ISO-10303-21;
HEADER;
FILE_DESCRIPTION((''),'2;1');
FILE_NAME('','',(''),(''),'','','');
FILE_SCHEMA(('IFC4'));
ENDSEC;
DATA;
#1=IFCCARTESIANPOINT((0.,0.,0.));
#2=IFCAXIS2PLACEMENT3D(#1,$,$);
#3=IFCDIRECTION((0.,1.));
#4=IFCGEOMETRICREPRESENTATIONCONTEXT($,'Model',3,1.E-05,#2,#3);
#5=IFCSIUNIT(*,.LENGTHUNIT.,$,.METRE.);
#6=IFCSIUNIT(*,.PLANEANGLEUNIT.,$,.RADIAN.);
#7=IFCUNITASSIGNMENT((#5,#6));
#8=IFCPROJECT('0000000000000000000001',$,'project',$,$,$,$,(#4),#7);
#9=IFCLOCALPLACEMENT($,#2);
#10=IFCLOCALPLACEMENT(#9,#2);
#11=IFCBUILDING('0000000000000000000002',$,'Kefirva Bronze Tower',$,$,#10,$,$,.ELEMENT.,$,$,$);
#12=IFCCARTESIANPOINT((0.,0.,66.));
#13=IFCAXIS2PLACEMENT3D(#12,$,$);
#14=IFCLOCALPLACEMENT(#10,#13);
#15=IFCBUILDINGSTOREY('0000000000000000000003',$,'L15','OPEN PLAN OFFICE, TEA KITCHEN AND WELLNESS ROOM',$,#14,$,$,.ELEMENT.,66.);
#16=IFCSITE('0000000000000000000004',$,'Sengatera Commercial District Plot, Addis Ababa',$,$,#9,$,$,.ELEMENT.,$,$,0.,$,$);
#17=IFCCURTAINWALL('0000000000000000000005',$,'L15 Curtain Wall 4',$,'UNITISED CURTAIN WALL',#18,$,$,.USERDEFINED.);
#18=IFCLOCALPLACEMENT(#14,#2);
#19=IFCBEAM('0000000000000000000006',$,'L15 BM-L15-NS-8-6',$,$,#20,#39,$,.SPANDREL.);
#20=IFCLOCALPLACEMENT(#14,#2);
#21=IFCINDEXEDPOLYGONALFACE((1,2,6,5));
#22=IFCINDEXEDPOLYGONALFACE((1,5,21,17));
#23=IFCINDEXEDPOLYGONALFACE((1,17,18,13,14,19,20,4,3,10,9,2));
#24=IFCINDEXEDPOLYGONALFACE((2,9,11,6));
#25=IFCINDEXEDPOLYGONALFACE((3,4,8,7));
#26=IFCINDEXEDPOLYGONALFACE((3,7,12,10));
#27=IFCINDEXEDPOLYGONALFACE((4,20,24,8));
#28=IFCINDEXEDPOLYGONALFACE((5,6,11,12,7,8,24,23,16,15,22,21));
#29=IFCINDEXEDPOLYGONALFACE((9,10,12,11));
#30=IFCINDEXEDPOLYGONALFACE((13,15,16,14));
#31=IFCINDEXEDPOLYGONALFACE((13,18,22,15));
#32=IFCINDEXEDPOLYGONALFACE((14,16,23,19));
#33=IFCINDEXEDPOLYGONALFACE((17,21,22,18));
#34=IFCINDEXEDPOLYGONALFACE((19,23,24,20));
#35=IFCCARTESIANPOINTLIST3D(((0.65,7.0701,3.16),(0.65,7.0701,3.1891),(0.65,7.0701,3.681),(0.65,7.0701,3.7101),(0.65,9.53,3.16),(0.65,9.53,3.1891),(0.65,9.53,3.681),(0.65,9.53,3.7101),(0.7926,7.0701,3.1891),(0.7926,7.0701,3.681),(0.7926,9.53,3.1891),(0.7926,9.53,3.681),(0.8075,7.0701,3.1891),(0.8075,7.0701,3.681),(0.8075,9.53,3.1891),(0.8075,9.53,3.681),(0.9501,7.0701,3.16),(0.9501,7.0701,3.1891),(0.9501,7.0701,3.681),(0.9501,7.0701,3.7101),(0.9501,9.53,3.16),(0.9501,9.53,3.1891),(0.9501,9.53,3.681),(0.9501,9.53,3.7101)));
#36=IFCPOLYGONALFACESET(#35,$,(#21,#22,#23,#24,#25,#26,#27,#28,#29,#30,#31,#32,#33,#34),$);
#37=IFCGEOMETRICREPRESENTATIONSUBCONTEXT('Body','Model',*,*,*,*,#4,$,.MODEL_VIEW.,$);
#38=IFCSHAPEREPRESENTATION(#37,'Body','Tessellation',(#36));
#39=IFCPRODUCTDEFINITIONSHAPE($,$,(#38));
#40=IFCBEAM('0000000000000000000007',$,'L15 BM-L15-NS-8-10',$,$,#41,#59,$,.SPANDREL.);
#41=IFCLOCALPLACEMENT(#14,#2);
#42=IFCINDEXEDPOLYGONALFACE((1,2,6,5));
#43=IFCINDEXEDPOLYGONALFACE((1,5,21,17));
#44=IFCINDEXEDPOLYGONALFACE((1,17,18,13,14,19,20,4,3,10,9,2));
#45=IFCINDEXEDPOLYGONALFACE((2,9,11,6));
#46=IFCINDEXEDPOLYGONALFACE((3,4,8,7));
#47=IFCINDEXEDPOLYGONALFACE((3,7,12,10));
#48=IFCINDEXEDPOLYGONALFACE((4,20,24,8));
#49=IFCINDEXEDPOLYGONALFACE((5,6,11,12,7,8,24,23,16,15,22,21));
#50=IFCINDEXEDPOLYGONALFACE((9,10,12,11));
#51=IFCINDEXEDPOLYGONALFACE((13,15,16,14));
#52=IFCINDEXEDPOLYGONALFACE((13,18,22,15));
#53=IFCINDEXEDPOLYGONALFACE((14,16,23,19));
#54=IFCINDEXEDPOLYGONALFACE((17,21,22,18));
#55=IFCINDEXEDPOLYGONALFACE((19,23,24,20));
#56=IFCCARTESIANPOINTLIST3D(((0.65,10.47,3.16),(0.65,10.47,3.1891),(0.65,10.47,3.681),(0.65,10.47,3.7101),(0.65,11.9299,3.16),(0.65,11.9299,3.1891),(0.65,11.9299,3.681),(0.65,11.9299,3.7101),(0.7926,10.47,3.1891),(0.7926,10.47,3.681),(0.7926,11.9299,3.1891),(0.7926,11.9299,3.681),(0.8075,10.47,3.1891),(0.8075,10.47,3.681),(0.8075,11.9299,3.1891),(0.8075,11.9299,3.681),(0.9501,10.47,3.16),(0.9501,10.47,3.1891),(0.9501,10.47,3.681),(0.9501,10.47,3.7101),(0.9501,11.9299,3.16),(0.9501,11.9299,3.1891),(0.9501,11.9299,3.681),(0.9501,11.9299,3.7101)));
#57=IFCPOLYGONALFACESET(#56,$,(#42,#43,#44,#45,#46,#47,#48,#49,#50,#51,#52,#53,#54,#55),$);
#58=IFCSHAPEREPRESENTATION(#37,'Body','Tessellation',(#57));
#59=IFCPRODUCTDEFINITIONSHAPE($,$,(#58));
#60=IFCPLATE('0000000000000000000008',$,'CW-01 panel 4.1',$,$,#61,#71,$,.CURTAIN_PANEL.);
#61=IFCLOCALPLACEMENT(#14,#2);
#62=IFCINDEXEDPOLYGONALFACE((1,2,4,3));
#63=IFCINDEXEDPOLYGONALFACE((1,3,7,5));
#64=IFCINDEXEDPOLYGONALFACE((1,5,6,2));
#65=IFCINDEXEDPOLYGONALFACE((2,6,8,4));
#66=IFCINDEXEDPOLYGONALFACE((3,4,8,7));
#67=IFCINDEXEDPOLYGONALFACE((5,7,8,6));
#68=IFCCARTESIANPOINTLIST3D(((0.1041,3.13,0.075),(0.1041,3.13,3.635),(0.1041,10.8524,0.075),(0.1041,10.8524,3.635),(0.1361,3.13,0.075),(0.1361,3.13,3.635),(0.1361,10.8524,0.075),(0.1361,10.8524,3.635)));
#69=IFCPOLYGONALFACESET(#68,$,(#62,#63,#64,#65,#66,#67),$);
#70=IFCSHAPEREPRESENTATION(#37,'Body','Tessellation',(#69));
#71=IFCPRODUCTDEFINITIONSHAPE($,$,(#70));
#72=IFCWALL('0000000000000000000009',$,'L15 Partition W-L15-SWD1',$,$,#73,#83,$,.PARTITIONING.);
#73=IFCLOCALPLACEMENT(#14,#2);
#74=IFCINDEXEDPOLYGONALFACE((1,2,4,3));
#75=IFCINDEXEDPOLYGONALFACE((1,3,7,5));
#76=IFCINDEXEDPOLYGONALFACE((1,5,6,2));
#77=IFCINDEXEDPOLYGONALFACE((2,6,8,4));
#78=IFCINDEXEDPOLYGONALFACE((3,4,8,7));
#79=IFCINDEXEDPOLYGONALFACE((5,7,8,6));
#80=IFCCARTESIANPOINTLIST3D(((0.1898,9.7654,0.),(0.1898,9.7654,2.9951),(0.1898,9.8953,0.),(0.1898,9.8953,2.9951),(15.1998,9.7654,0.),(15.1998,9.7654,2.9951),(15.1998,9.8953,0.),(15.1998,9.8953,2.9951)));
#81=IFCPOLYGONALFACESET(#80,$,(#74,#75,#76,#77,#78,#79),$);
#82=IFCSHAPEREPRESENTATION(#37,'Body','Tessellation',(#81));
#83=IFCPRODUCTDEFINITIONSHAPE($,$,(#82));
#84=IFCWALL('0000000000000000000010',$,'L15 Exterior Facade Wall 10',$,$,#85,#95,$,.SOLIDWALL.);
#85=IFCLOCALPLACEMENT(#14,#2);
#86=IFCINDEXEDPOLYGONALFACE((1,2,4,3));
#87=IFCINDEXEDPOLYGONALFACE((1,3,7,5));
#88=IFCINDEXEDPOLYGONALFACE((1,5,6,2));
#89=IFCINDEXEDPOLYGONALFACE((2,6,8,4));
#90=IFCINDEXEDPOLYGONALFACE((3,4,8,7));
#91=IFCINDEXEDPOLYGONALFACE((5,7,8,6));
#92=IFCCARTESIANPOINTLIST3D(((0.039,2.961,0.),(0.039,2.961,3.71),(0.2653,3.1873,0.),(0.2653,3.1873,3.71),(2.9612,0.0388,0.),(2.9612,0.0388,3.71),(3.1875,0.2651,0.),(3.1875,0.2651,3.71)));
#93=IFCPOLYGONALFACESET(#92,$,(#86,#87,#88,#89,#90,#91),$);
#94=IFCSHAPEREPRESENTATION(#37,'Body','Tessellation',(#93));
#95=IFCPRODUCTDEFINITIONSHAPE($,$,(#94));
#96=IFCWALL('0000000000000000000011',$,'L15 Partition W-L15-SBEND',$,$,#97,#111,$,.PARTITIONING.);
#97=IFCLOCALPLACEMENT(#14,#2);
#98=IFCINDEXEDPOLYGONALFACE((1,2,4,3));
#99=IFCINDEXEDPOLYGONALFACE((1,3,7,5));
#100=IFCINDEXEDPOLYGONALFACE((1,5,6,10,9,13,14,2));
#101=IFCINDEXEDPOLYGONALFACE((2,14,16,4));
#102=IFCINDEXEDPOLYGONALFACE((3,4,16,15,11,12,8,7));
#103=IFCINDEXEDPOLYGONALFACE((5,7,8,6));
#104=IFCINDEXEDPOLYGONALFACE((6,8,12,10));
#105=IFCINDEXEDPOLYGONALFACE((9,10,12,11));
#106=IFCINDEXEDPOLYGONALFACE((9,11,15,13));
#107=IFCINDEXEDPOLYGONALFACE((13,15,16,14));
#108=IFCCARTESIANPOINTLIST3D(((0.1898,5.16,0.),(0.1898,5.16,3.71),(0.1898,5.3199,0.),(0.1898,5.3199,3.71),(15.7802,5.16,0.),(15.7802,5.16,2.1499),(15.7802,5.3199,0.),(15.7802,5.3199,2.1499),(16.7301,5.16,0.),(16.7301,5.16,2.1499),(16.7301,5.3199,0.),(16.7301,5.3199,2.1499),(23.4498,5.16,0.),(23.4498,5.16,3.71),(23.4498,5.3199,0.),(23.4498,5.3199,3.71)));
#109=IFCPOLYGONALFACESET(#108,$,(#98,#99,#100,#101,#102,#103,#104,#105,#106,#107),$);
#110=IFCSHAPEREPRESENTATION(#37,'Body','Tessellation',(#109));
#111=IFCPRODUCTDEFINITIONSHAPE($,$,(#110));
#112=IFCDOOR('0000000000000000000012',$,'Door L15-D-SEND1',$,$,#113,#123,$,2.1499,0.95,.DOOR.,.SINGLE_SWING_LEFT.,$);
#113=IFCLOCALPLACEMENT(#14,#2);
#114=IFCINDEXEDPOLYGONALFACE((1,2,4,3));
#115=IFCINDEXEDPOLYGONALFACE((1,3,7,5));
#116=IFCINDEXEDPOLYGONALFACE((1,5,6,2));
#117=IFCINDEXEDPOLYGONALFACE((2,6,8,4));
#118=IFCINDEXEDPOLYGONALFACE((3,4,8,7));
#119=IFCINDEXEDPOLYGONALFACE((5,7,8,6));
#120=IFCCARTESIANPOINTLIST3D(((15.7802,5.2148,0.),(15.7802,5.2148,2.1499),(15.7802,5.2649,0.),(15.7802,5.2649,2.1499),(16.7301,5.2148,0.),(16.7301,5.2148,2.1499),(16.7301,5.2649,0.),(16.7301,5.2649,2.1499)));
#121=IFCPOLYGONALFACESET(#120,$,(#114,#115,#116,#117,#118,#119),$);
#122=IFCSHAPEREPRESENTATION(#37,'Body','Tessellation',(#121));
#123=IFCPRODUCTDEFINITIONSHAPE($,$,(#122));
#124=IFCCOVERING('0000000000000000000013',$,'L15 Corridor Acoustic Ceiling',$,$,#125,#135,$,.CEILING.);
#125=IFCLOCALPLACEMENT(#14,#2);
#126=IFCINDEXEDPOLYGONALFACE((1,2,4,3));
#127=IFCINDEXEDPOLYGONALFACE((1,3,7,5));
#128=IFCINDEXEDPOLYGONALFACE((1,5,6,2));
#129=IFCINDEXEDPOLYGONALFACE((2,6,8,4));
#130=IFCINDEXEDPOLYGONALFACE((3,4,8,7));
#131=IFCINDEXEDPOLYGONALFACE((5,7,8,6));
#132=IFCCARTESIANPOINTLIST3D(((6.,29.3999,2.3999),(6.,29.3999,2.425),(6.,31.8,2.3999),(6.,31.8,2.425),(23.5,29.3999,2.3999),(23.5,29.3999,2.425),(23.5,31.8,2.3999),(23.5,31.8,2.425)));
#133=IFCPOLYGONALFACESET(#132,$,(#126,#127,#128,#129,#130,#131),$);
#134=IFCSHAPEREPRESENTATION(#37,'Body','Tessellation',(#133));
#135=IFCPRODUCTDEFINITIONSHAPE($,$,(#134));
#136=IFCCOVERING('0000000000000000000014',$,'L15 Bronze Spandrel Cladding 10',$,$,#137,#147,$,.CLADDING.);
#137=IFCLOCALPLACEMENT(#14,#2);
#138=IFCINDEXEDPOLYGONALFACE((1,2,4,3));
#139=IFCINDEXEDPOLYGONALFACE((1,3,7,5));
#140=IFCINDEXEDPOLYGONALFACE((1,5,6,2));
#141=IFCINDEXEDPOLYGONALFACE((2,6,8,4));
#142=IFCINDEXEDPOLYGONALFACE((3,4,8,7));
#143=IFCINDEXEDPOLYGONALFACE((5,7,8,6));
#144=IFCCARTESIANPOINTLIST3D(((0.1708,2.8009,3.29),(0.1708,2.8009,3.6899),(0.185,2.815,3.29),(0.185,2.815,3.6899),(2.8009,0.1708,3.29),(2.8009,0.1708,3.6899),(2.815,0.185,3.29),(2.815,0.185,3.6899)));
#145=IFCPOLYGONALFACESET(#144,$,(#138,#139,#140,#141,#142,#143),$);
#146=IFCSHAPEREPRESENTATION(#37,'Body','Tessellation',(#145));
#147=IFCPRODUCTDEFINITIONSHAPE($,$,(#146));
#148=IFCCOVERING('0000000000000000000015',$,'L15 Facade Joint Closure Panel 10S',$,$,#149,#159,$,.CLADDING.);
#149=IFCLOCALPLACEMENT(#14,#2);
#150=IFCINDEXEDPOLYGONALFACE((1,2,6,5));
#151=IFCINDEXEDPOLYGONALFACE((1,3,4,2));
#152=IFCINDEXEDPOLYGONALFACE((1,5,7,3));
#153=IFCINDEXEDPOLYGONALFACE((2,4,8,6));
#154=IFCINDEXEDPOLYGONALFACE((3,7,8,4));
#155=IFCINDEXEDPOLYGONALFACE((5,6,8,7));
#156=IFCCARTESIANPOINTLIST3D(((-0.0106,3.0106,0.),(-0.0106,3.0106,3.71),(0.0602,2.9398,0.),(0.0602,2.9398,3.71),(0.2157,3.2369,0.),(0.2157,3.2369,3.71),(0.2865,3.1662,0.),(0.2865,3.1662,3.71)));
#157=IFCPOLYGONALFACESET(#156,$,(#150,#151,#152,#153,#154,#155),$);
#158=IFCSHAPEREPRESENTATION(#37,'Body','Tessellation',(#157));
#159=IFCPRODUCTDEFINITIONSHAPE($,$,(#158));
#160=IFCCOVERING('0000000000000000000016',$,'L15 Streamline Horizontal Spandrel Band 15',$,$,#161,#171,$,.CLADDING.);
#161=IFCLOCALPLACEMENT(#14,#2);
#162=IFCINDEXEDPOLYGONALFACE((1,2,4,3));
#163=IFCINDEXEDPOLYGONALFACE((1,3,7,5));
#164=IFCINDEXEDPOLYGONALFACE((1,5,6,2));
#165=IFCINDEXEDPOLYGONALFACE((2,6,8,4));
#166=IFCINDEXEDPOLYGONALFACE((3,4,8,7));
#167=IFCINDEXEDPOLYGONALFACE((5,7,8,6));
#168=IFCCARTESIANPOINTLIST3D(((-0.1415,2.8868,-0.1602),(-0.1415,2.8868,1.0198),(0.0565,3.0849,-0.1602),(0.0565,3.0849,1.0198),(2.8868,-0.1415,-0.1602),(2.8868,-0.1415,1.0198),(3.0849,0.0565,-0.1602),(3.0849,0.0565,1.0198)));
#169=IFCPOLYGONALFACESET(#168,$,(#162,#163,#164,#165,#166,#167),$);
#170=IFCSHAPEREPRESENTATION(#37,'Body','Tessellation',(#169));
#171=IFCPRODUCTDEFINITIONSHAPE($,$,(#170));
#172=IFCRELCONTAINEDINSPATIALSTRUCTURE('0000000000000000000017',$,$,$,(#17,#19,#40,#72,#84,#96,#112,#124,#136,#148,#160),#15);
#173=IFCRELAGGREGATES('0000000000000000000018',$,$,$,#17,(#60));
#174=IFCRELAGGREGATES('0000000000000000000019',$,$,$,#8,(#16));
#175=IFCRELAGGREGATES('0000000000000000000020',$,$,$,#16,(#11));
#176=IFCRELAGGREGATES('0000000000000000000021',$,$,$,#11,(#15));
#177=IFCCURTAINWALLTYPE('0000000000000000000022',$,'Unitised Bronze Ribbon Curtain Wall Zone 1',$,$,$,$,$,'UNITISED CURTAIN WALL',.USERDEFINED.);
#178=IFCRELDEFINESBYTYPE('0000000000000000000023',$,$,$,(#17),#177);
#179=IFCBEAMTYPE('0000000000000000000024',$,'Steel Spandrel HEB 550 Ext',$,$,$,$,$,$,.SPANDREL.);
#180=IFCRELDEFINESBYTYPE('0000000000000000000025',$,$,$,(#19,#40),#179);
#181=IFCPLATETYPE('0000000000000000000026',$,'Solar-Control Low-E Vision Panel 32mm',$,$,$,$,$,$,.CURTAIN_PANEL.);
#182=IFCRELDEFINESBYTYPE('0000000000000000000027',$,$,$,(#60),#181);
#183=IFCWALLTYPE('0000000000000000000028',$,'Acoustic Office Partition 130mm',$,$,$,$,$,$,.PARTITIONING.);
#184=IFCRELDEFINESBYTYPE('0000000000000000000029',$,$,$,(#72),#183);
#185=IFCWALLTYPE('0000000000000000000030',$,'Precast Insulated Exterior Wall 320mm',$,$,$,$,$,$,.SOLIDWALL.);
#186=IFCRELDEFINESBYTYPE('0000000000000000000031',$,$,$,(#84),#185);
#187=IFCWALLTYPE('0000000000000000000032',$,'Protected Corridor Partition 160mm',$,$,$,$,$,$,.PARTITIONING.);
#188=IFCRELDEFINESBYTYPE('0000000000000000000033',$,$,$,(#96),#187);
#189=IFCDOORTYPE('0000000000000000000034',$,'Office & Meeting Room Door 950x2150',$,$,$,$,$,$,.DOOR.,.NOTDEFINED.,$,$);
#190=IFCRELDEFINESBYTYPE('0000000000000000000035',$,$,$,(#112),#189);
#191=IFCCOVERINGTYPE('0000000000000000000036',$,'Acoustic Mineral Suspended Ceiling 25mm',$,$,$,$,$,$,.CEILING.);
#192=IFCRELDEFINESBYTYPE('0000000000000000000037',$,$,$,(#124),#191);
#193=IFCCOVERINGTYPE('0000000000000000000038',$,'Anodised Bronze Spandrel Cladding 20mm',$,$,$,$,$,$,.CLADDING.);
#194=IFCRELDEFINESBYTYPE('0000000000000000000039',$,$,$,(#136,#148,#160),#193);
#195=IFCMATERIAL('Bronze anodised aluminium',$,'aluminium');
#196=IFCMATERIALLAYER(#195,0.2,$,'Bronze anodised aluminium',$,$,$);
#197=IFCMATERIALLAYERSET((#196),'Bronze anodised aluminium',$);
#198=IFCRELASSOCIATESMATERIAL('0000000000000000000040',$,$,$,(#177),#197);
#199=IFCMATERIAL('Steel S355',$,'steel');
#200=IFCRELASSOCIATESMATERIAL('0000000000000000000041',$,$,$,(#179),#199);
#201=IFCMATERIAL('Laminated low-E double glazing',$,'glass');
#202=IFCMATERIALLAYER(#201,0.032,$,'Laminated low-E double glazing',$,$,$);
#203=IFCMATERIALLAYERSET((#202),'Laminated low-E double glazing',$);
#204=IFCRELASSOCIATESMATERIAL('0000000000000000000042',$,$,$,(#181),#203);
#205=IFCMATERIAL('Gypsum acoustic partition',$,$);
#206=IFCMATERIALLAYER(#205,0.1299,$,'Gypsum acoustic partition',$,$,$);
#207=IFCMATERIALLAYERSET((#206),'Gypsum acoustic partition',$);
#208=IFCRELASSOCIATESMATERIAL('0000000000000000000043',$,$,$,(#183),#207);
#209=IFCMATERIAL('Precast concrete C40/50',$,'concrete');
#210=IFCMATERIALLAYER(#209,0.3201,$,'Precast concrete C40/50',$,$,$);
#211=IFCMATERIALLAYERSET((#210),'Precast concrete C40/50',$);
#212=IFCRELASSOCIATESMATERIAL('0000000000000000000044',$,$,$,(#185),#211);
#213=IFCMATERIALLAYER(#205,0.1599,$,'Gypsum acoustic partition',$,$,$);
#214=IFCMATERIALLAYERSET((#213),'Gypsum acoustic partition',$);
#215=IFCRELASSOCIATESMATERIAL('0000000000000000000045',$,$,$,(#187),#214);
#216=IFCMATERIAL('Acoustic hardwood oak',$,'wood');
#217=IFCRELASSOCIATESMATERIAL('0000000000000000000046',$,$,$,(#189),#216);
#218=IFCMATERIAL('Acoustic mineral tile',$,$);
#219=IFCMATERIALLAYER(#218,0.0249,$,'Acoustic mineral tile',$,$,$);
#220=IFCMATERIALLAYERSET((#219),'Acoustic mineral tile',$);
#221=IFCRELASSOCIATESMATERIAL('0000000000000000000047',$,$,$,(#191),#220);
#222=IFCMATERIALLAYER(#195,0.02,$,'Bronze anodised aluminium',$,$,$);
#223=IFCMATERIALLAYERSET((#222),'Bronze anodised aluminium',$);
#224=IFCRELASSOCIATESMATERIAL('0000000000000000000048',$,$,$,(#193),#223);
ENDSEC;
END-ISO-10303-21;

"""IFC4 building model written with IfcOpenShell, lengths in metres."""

from ifc_helpers import new_model, si_unit, direction, frame, frame_2d, origin, origin_2d, place, context, subcontext, project, spatial, polyline, rectangle, i_section, outline, extrude, material, layer, layer_set, material_profile, profile_set, type_object, element, fill, aggregate, save


model = new_model("IFC4")

# Units and contexts
model_context = context("Model", 3, precision=1e-05, world=origin(), true_north=direction((0.0, 1.0)))
body_context = subcontext(model_context, "Body", "Model", "MODEL_VIEW")
ifc_project = project(units=[si_unit("LENGTHUNIT", "METRE"), si_unit("PLANEANGLEUNIT", "RADIAN")], contexts=[model_context])

# Site, building, storey
site_placement = place(None, origin())
site = spatial("IfcSite", under=ifc_project, at=site_placement, Name="Sengatera Commercial District Plot, Addis Ababa", CompositionType="ELEMENT", RefElevation=0.0)
building_placement = place(site_placement, origin())
building = spatial("IfcBuilding", under=site, at=building_placement, Name="Kefirva Bronze Tower", CompositionType="ELEMENT")
storey_placement = place(building_placement, frame((0.0, 0.0, 66.0)))
storey = spatial("IfcBuildingStorey", under=building, at=storey_placement, Name="L15", Description="OPEN PLAN OFFICE, TEA KITCHEN AND WELLNESS ROOM", CompositionType="ELEMENT", Elevation=66.0)

# Curtain wall
ifc_material_1 = material(Name="Bronze anodised aluminium", Category="aluminium")
ifc_layer_1 = layer(ifc_material_1, 0.2, Name="Bronze anodised aluminium")
ifc_layer_set_1 = layer_set([ifc_layer_1], Name="Bronze anodised aluminium")
curtain_wall_type = type_object("IfcCurtainWallType", Name="Unitised Bronze Ribbon Curtain Wall Zone 1", ElementType="UNITISED CURTAIN WALL", PredefinedType="USERDEFINED", material=ifc_layer_set_1)
curtain_wall_placement = place(storey_placement, origin())
curtain_wall = element("IfcCurtainWall", 1, at=curtain_wall_placement, inside=storey, type_object=curtain_wall_type, Name="L15 Curtain Wall 4", ObjectType="UNITISED CURTAIN WALL", PredefinedType="USERDEFINED")

# Beams
ifc_material_2 = material(Name="Steel S355", Category="steel")
ifc_material_profile_1 = material_profile(ifc_material_2, i_section(OverallWidth=0.3, OverallDepth=0.55, WebThickness=0.0149, FlangeThickness=0.0291, at=origin_2d()), Name="HEB 550")
ifc_profile_set_1 = profile_set([ifc_material_profile_1], Name="Steel S355")
beam_type_1 = type_object("IfcBeamType", Name="Steel Spandrel HEB 550 Ext", PredefinedType="SPANDREL", material=ifc_profile_set_1)
beam_1_placement = place(storey_placement, frame((0.8, 7.0701, 3.4351), z_axis=(0.0, 1.0, 0.0), x_axis=(-1.0, 0.0, 0.0)))
element("IfcBeam", 2, at=beam_1_placement, inside=storey, type_object=beam_type_1, Name="L15 BM-L15-NS-8-6", PredefinedType="SPANDREL", context=body_context, shape_type="SweptSolid", body=[
    extrude(i_section(OverallWidth=0.3, OverallDepth=0.55, WebThickness=0.0149, FlangeThickness=0.0291, at=origin_2d()), origin(), (0.0, 0.0, 1.0), 2.46),
])
beam_2_placement = place(storey_placement, frame((0.8, 10.47, 3.4351), z_axis=(0.0, 1.0, 0.0), x_axis=(-1.0, 0.0, 0.0)))
element("IfcBeam", 3, at=beam_2_placement, inside=storey, type_object=beam_type_1, Name="L15 BM-L15-NS-8-10", PredefinedType="SPANDREL", context=body_context, shape_type="SweptSolid", body=[
    extrude(i_section(OverallWidth=0.3, OverallDepth=0.55, WebThickness=0.0149, FlangeThickness=0.0291, at=origin_2d()), origin(), (0.0, 0.0, 1.0), 1.46),
])

# Plate
ifc_material_3 = material(Name="Laminated low-E double glazing", Category="glass")
ifc_layer_2 = layer(ifc_material_3, 0.032, Name="Laminated low-E double glazing")
ifc_layer_set_2 = layer_set([ifc_layer_2], Name="Laminated low-E double glazing")
plate_type = type_object("IfcPlateType", Name="Solar-Control Low-E Vision Panel 32mm", PredefinedType="CURTAIN_PANEL", material=ifc_layer_set_2)
plate_placement = place(storey_placement, frame((0.1201, 6.9912, 0.075), z_axis=(0.0, 0.0, 1.0), x_axis=(0.0, -1.0, 0.0)))
plate = element("IfcPlate", 4, at=plate_placement, type_object=plate_type, Name="CW-01 panel 4.1", PredefinedType="CURTAIN_PANEL", context=body_context, shape_type="SweptSolid", body=[
    extrude(rectangle(XDim=7.7224, YDim=0.032, at=origin_2d()), origin(), (0.0, 0.0, 1.0), 3.5601),
])
aggregate(curtain_wall, [plate])

# Walls
ifc_material_4 = material(Name="Gypsum acoustic partition")
ifc_layer_3 = layer(ifc_material_4, 0.1299, Name="Gypsum acoustic partition")
ifc_layer_set_3 = layer_set([ifc_layer_3], Name="Gypsum acoustic partition")
wall_type_1 = type_object("IfcWallType", Name="Acoustic Office Partition 130mm", PredefinedType="PARTITIONING", material=ifc_layer_set_3)
wall_1_placement = place(storey_placement, frame((0.1899, 9.8303, 0.0), z_axis=(0.0, 0.0, 1.0), x_axis=(1.0, 0.0, 0.0)))
element("IfcWall", 5, at=wall_1_placement, inside=storey, type_object=wall_type_1, Name="L15 Partition W-L15-SWD1", PredefinedType="PARTITIONING", context=body_context, shape_type="SweptSolid", body=[
    extrude(rectangle(XDim=15.01, YDim=0.1299, at=frame_2d((7.5049, 0.0))), origin(), (0.0, 0.0, 1.0), 2.9951),
])
ifc_material_5 = material(Name="Precast concrete C40/50", Category="concrete")
ifc_layer_4 = layer(ifc_material_5, 0.3201, Name="Precast concrete C40/50")
ifc_layer_set_4 = layer_set([ifc_layer_4], Name="Precast concrete C40/50")
wall_type_2 = type_object("IfcWallType", Name="Precast Insulated Exterior Wall 320mm", PredefinedType="SOLIDWALL", material=ifc_layer_set_4)
wall_2_placement = place(storey_placement, frame((0.1521, 3.0742, 0.0), z_axis=(0.0, 0.0, 1.0), x_axis=(0.707107, -0.707107, 0.0)))
element("IfcWall", 6, at=wall_2_placement, inside=storey, type_object=wall_type_2, Name="L15 Exterior Facade Wall 10", PredefinedType="SOLIDWALL", context=body_context, shape_type="SweptSolid", body=[
    extrude(rectangle(XDim=4.1326, YDim=0.3201, at=frame_2d((2.0664, 0.0))), origin(), (0.0, 0.0, 1.0), 3.71),
])

# Wall, opening, door
ifc_layer_5 = layer(ifc_material_4, 0.1599, Name="Gypsum acoustic partition")
ifc_layer_set_5 = layer_set([ifc_layer_5], Name="Gypsum acoustic partition")
wall_type_3 = type_object("IfcWallType", Name="Protected Corridor Partition 160mm", PredefinedType="PARTITIONING", material=ifc_layer_set_5)
wall_3_placement = place(storey_placement, frame((0.1899, 5.24, 0.0), z_axis=(0.0, 0.0, 1.0), x_axis=(1.0, 0.0, 0.0)))
wall_3 = element("IfcWall", 7, at=wall_3_placement, inside=storey, type_object=wall_type_3, Name="L15 Partition W-L15-SBEND", PredefinedType="PARTITIONING", context=body_context, shape_type="SweptSolid", body=[
    extrude(rectangle(XDim=23.26, YDim=0.1599, at=frame_2d((11.6299, 0.0))), origin(), (0.0, 0.0, 1.0), 3.71),
])
opening_placement = place(wall_3_placement, frame((15.5901, 0.0, 0.0)))
opening = element("IfcOpeningElement", 8, at=opening_placement, cuts=wall_3, PredefinedType="OPENING", context=body_context, shape_type="SweptSolid", body=[
    extrude(rectangle(XDim=0.95, YDim=2.1499, at=frame_2d((0.4751, 1.075))), frame((0.0, 0.0898, 0.0), z_axis=(0.0, -1.0, 0.0), x_axis=(1.0, 0.0, 0.0)), (0.0, 0.0, 1.0), 0.1799),
])
ifc_material_6 = material(Name="Acoustic hardwood oak", Category="wood")
door_type = type_object("IfcDoorType", Name="Office & Meeting Room Door 950x2150", OperationType="NOTDEFINED", PredefinedType="DOOR", material=ifc_material_6)
door_placement = place(opening_placement, origin())
door = element("IfcDoor", 9, at=door_placement, inside=storey, type_object=door_type, Name="Door L15-D-SEND1", OperationType="SINGLE_SWING_LEFT", OverallHeight=2.1499, OverallWidth=0.95, PredefinedType="DOOR", context=body_context, shape_type="SweptSolid", body=[
    extrude(rectangle(XDim=0.95, YDim=2.1499, at=frame_2d((0.4751, 1.075))), frame((0.0, 0.0249, 0.0), z_axis=(0.0, -1.0, 0.0), x_axis=(1.0, 0.0, 0.0)), (0.0, 0.0, 1.0), 0.05),
])
fill(opening, door)

# Coverings
ifc_material_7 = material(Name="Acoustic mineral tile")
ifc_layer_6 = layer(ifc_material_7, 0.0249, Name="Acoustic mineral tile")
ifc_layer_set_6 = layer_set([ifc_layer_6], Name="Acoustic mineral tile")
covering_type_1 = type_object("IfcCoveringType", Name="Acoustic Mineral Suspended Ceiling 25mm", PredefinedType="CEILING", material=ifc_layer_set_6)
covering_1_placement = place(storey_placement, frame((0.0, 0.0, 2.3999)))
element("IfcCovering", 10, at=covering_1_placement, inside=storey, type_object=covering_type_1, Name="L15 Corridor Acoustic Ceiling", PredefinedType="CEILING", context=body_context, shape_type="SweptSolid", body=[
    extrude(outline(polyline([(6.0, 29.3999), (23.5, 29.3999), (23.5, 31.8), (6.0, 31.8), (6.0, 29.3999)])), origin(), (0.0, 0.0, 1.0), 0.0251),
])
ifc_layer_7 = layer(ifc_material_1, 0.02, Name="Bronze anodised aluminium")
ifc_layer_set_7 = layer_set([ifc_layer_7], Name="Bronze anodised aluminium")
covering_type_2 = type_object("IfcCoveringType", Name="Anodised Bronze Spandrel Cladding 20mm", PredefinedType="CLADDING", material=ifc_layer_set_7)
covering_2_placement = place(storey_placement, frame((1.4929, 1.4929, 3.29), z_axis=(0.0, 0.0, 1.0), x_axis=(0.707107, -0.707107, 0.0)))
element("IfcCovering", 11, at=covering_2_placement, inside=storey, type_object=covering_type_2, Name="L15 Bronze Spandrel Cladding 10", PredefinedType="CLADDING", context=body_context, shape_type="SweptSolid", body=[
    extrude(rectangle(XDim=3.7195, YDim=0.02, at=origin_2d()), origin(), (0.0, 0.0, 1.0), 0.3999),
])
covering_3_placement = place(storey_placement, frame((0.1379, 3.0884, 0.0), z_axis=(0.0, 0.0, 1.0), x_axis=(0.707107, -0.707107, 0.0)))
element("IfcCovering", 12, at=covering_3_placement, inside=storey, type_object=covering_type_2, Name="L15 Facade Joint Closure Panel 10S", PredefinedType="CLADDING", context=body_context, shape_type="SweptSolid", body=[
    extrude(rectangle(XDim=0.1001, YDim=0.3201, at=origin_2d()), origin(), (0.0, 0.0, 1.0), 3.71),
])
covering_4_placement = place(storey_placement, frame((1.4717, 1.4717, -0.1602), z_axis=(0.0, 0.0, 1.0), x_axis=(0.707107, -0.707107, 0.0)))
element("IfcCovering", 13, at=covering_4_placement, inside=storey, type_object=covering_type_2, Name="L15 Streamline Horizontal Spandrel Band 15", PredefinedType="CLADDING", context=body_context, shape_type="SweptSolid", body=[
    extrude(rectangle(XDim=4.2827, YDim=0.28, at=origin_2d()), origin(), (0.0, 0.0, 1.0), 1.1799),
])

save(model, "model.ifc")
